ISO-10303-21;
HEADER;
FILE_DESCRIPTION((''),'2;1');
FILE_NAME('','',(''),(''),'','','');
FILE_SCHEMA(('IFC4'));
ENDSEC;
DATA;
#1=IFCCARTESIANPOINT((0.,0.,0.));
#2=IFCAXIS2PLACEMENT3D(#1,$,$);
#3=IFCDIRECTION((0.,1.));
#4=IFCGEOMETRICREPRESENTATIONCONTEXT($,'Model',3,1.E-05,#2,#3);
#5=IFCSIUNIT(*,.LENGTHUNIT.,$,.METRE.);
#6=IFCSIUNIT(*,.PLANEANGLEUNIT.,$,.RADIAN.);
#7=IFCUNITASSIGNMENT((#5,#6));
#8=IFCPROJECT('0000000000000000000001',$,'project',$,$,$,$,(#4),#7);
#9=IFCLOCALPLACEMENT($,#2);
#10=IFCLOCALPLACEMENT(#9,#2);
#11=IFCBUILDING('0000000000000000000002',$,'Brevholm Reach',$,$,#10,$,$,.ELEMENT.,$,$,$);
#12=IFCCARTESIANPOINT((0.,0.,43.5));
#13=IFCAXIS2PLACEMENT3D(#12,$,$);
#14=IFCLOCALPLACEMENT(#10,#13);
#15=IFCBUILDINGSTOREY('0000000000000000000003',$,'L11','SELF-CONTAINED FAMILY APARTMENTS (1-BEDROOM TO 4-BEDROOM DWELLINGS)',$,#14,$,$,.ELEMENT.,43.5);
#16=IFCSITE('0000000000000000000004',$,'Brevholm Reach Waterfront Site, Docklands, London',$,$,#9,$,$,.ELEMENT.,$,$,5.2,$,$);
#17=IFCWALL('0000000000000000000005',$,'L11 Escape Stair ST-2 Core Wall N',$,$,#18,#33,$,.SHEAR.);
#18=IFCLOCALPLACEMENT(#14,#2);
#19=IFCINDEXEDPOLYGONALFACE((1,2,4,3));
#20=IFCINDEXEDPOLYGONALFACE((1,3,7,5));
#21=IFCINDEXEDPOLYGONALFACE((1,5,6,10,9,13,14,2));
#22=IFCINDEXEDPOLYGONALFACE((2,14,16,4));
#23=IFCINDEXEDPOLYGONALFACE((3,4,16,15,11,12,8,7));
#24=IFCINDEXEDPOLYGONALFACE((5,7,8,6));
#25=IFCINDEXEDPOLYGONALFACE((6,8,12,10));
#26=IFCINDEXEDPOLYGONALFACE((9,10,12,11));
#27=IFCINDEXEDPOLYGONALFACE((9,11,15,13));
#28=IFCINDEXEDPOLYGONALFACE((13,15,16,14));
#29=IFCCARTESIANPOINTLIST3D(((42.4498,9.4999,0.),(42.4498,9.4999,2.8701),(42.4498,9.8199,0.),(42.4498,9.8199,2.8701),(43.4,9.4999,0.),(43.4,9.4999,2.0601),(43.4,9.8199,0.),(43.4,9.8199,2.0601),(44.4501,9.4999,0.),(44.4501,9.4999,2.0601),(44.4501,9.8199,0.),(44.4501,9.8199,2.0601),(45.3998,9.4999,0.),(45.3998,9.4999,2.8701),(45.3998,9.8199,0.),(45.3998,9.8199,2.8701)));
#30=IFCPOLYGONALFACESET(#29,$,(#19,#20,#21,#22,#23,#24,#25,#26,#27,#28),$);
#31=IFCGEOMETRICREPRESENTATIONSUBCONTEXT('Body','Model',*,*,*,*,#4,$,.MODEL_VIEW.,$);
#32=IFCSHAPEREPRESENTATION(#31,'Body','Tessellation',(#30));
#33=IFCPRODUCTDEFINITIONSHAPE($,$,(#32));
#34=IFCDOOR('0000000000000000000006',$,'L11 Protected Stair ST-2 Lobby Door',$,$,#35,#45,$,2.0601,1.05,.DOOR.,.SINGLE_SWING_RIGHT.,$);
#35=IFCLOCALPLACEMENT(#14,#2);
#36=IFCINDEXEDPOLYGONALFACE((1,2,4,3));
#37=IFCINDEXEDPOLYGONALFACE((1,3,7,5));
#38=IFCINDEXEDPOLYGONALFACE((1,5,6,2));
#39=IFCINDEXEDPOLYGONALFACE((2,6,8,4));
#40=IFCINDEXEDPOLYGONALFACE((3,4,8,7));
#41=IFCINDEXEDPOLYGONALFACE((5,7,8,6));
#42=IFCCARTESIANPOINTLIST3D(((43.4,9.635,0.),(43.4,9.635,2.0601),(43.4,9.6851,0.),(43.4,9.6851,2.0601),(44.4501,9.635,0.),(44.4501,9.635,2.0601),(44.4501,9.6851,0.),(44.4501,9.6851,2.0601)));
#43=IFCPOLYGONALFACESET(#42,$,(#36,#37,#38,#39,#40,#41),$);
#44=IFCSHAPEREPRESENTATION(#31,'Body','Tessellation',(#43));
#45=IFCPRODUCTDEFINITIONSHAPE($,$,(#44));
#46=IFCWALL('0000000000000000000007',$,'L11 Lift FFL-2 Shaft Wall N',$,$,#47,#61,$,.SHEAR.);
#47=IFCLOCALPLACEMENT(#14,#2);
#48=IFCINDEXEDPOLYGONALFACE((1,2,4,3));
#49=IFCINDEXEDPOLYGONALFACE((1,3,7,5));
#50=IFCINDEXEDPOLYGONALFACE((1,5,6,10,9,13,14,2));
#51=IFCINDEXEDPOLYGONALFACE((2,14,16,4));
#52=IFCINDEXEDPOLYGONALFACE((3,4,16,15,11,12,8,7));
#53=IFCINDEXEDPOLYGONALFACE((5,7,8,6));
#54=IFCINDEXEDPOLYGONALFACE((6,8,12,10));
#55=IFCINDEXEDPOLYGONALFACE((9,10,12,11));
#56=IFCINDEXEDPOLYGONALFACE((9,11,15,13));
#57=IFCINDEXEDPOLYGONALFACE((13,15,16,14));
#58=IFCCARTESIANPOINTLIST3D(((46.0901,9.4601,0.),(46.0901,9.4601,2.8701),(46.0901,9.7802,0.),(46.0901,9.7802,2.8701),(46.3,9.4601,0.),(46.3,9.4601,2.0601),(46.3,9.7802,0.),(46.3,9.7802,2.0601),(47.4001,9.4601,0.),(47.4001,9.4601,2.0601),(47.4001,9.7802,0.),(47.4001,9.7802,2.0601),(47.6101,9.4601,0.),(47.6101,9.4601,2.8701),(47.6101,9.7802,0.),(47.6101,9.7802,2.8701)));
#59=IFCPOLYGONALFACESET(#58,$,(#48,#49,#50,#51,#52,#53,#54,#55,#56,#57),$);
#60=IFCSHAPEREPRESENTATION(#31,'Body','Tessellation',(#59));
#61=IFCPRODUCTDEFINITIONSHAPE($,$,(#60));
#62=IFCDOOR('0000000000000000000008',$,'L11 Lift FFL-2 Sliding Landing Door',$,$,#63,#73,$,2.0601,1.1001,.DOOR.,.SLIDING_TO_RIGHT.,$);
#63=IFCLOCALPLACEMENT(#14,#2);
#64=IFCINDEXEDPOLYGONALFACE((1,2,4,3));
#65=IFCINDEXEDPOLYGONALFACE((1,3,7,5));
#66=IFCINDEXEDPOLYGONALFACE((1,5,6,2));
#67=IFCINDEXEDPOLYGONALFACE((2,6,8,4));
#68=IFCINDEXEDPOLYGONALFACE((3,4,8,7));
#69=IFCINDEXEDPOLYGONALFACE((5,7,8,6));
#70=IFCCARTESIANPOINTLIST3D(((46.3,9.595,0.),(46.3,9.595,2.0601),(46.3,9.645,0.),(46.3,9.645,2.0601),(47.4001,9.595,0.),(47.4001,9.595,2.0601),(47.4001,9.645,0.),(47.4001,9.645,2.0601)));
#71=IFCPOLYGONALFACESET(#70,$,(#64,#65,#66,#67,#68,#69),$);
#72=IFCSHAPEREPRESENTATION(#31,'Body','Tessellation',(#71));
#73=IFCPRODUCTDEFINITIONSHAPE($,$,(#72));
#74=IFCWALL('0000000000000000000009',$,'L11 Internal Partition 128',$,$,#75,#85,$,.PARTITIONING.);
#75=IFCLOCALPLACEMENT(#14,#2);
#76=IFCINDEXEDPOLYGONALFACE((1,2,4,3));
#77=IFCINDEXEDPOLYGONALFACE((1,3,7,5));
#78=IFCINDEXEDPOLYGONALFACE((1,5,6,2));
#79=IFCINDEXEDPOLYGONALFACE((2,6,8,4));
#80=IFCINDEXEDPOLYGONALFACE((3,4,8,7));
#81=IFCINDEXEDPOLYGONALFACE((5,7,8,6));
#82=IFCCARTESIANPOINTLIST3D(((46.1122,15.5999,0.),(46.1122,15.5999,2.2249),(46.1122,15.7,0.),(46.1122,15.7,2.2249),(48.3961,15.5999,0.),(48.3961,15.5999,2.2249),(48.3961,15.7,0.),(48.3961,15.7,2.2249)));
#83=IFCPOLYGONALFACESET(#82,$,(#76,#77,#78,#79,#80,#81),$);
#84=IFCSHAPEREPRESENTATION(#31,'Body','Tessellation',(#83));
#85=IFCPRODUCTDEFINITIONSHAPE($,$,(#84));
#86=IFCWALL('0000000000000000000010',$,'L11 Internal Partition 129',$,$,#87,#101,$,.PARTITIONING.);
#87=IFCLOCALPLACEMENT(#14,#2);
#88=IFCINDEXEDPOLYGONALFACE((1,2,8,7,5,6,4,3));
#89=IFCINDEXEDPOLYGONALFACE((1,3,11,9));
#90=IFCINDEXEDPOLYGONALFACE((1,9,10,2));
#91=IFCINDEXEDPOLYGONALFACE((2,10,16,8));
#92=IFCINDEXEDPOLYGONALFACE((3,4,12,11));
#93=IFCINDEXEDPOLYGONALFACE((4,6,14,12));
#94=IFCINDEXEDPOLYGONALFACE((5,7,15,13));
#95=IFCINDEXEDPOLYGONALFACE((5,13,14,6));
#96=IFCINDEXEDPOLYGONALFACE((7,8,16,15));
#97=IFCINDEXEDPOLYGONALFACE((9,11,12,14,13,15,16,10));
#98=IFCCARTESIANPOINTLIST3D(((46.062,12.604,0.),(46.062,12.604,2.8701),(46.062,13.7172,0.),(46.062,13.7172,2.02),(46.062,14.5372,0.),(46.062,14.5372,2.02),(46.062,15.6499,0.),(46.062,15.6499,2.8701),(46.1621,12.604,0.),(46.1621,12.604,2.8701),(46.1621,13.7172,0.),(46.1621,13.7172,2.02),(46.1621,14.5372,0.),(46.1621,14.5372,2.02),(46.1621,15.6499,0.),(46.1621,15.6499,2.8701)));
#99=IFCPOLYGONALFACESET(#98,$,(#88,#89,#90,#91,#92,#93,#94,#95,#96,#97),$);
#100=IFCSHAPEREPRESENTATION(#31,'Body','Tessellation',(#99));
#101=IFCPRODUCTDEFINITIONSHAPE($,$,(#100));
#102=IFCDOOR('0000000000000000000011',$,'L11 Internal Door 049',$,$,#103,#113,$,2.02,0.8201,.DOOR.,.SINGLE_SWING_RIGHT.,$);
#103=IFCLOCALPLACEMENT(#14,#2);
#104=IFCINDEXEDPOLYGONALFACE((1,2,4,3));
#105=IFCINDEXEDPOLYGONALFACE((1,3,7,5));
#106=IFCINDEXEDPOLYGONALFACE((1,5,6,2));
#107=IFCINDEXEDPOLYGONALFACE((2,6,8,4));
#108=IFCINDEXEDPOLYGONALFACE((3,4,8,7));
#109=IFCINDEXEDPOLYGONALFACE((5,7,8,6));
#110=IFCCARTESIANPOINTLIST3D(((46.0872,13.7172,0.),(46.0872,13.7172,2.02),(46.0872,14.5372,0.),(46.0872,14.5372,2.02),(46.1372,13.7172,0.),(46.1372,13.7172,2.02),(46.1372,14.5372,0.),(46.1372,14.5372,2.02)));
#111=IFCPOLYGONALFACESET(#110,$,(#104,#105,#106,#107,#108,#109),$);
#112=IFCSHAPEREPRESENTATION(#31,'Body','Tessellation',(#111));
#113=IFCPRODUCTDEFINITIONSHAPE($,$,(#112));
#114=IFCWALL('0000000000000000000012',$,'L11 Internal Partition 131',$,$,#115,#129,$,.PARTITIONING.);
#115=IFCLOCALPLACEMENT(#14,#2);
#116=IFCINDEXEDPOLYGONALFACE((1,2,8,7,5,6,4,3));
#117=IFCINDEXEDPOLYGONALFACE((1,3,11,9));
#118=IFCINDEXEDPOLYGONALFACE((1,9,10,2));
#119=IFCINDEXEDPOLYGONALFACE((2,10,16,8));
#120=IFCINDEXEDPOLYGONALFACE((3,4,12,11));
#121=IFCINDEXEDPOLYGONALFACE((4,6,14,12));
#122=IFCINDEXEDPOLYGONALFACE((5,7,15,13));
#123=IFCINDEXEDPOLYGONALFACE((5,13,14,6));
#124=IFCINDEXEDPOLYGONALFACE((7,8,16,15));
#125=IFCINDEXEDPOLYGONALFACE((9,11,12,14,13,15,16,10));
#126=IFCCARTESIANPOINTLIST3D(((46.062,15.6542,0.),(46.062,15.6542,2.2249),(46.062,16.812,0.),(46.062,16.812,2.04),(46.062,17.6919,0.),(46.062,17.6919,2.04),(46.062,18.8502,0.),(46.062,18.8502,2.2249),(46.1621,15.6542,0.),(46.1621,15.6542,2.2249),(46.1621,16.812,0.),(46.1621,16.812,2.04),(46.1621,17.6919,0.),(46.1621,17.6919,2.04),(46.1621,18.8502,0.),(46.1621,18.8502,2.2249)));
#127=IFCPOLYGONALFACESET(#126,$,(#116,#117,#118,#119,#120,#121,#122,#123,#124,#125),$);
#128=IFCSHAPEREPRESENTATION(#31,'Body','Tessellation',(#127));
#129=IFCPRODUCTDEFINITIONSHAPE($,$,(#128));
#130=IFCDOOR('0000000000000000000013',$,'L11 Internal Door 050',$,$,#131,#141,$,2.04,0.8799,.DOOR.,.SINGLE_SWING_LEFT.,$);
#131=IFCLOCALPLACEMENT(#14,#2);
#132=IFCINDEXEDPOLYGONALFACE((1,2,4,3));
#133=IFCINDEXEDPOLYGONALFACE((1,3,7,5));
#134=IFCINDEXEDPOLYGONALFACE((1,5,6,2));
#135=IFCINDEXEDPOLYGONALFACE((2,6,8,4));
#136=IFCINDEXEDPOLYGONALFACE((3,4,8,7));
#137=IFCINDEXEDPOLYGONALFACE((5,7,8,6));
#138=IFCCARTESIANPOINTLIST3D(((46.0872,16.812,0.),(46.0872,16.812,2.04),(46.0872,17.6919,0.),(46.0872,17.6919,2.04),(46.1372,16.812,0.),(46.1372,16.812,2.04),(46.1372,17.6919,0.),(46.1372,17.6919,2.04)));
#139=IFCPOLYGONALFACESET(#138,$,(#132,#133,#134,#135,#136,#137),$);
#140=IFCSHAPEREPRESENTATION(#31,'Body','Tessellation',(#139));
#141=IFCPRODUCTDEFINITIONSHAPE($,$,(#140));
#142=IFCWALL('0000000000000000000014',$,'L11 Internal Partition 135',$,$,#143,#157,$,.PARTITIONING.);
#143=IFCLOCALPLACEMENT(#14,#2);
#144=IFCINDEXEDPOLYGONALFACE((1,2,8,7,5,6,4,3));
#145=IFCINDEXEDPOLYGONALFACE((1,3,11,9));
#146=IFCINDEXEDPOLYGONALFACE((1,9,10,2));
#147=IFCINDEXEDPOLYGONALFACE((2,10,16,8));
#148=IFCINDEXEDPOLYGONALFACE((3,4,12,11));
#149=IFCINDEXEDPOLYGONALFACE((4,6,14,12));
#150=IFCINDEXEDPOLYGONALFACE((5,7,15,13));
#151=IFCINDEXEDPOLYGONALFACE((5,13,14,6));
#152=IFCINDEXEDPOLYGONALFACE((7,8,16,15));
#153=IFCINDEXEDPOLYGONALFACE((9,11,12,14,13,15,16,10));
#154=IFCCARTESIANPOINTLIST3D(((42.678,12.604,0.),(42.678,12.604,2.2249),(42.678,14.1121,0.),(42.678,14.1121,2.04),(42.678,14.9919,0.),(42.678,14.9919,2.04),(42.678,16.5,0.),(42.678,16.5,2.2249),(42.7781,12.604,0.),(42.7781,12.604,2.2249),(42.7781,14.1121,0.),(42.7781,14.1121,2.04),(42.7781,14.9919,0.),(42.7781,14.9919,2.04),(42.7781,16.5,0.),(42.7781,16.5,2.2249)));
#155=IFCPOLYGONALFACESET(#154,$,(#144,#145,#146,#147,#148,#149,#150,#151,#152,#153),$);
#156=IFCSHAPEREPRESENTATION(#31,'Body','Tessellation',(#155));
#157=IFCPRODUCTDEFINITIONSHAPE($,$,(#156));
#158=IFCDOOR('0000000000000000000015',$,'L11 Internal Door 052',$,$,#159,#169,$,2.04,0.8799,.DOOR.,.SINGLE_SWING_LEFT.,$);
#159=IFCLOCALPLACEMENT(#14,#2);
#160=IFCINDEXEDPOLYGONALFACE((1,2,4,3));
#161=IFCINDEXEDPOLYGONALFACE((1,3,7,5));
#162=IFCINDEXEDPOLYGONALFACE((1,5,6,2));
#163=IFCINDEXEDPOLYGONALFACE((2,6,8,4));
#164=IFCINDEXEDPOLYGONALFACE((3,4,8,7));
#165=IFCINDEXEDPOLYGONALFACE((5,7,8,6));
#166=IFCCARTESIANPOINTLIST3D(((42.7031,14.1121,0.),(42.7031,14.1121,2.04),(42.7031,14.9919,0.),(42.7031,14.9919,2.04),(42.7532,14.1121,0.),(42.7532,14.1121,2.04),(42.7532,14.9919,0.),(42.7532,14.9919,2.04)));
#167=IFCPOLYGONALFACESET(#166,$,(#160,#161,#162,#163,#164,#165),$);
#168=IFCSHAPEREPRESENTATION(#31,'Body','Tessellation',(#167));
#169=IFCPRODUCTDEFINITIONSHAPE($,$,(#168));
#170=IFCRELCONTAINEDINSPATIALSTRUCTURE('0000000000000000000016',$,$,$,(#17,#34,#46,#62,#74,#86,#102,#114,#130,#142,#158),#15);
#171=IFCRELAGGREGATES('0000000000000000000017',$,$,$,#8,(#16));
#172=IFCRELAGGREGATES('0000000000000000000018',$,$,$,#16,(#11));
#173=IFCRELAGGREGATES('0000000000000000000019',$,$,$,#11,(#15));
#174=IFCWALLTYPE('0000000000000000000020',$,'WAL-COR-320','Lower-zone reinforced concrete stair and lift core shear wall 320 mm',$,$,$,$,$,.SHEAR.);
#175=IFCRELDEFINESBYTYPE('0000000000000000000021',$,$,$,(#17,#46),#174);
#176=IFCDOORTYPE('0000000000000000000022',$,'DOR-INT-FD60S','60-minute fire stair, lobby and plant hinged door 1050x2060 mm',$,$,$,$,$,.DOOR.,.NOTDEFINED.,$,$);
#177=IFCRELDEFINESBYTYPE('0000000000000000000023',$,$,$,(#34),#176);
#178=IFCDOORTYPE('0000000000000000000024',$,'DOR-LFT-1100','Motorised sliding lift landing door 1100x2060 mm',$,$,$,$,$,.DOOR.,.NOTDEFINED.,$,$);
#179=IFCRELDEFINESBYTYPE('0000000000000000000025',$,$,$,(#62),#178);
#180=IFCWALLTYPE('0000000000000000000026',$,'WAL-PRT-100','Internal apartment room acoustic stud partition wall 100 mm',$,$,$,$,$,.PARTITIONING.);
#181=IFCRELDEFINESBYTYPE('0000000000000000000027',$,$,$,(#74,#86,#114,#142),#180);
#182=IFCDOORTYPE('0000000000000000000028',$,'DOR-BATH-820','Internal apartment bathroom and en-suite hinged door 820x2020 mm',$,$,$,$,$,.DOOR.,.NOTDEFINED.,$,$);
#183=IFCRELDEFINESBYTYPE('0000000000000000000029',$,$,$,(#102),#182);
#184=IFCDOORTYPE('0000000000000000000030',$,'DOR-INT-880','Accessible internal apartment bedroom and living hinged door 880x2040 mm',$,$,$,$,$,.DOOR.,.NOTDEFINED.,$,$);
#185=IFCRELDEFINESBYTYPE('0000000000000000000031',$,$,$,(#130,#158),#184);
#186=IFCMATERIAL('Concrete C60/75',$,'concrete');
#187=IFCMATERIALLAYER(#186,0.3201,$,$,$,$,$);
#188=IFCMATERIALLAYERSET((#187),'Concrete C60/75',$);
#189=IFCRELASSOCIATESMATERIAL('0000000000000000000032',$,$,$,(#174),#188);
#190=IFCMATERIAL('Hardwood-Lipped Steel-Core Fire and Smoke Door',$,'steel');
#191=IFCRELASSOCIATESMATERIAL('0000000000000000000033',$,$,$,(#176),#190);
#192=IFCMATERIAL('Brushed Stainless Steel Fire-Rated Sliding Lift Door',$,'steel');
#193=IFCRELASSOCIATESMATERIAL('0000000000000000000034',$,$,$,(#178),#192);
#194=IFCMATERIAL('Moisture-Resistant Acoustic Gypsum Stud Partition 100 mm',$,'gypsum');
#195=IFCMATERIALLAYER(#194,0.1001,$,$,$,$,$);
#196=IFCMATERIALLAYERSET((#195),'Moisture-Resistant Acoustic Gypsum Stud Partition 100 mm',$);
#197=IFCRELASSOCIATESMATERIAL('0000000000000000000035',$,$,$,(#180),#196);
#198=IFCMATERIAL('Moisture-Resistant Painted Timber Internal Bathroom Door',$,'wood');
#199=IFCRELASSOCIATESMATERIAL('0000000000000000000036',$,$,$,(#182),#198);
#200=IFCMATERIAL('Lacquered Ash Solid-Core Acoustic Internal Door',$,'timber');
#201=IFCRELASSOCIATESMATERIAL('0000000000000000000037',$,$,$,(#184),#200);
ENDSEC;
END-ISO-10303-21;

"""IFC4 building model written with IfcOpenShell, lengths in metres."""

from ifc_helpers import new_model, si_unit, direction, frame, frame_2d, origin, place, context, subcontext, project, spatial, rectangle, extrude, material, layer, layer_set, type_object, element, fill, save


model = new_model("IFC4")

# Units and contexts
model_context = context("Model", 3, precision=1e-05, world=origin(), true_north=direction((0.0, 1.0)))
body_context = subcontext(model_context, "Body", "Model", "MODEL_VIEW")
ifc_project = project(units=[si_unit("LENGTHUNIT", "METRE"), si_unit("PLANEANGLEUNIT", "RADIAN")], contexts=[model_context])

# Site, building, storey
site_placement = place(None, origin())
site = spatial("IfcSite", under=ifc_project, at=site_placement, Name="Brevholm Reach Waterfront Site, Docklands, London", CompositionType="ELEMENT", RefElevation=5.2)
building_placement = place(site_placement, origin())
building = spatial("IfcBuilding", under=site, at=building_placement, Name="Brevholm Reach", CompositionType="ELEMENT")
storey_placement = place(building_placement, frame((0.0, 0.0, 43.5)))
storey = spatial("IfcBuildingStorey", under=building, at=storey_placement, Name="L11", Description="SELF-CONTAINED FAMILY APARTMENTS (1-BEDROOM TO 4-BEDROOM DWELLINGS)", CompositionType="ELEMENT", Elevation=43.5)

# Walls, openings, doors
ifc_material_1 = material(Name="Concrete C60/75", Category="concrete")
ifc_layer_1 = layer(ifc_material_1, 0.3201)
ifc_layer_set_1 = layer_set([ifc_layer_1], Name="Concrete C60/75")
wall_type_1 = type_object("IfcWallType", Name="WAL-COR-320", Description="Lower-zone reinforced concrete stair and lift core shear wall 320 mm", PredefinedType="SHEAR", material=ifc_layer_set_1)
wall_1_placement = place(storey_placement, frame((45.3999, 9.6599, 0.0), z_axis=(0.0, 0.0, 1.0), x_axis=(-1.0, 0.0, 0.0)))
wall_1 = element("IfcWall", 1, at=wall_1_placement, inside=storey, type_object=wall_type_1, Name="L11 Escape Stair ST-2 Core Wall N", PredefinedType="SHEAR", context=body_context, shape_type="SweptSolid", body=[
    extrude(rectangle(XDim=2.95, YDim=0.3201, at=frame_2d((1.4751, 0.0))), origin(), (0.0, 0.0, 1.0), 2.8701),
])
opening_1_placement = place(wall_1_placement, frame((0.95, 0.0, 0.0)))
opening_1 = element("IfcOpeningElement", 2, at=opening_1_placement, cuts=wall_1, PredefinedType="OPENING", context=body_context, shape_type="SweptSolid", body=[
    extrude(rectangle(XDim=1.05, YDim=2.0601, at=frame_2d((0.5249, 1.03))), frame((0.0, 0.1699, 0.0), z_axis=(0.0, -1.0, 0.0), x_axis=(1.0, 0.0, 0.0)), (0.0, 0.0, 1.0), 0.3401),
])
ifc_material_2 = material(Name="Hardwood-Lipped Steel-Core Fire and Smoke Door", Category="steel")
door_type_1 = type_object("IfcDoorType", Name="DOR-INT-FD60S", Description="60-minute fire stair, lobby and plant hinged door 1050x2060 mm", OperationType="NOTDEFINED", PredefinedType="DOOR", material=ifc_material_2)
door_1_placement = place(opening_1_placement, origin())
door_1 = element("IfcDoor", 3, at=door_1_placement, inside=storey, type_object=door_type_1, Name="L11 Protected Stair ST-2 Lobby Door", OperationType="SINGLE_SWING_RIGHT", OverallHeight=2.0601, OverallWidth=1.05, PredefinedType="DOOR", context=body_context, shape_type="SweptSolid", body=[
    extrude(rectangle(XDim=1.05, YDim=2.0601, at=frame_2d((0.5249, 1.03))), frame((0.0, 0.0249, 0.0), z_axis=(0.0, -1.0, 0.0), x_axis=(1.0, 0.0, 0.0)), (0.0, 0.0, 1.0), 0.05),
])
fill(opening_1, door_1)
wall_2_placement = place(storey_placement, frame((46.0901, 9.6201, 0.0), z_axis=(0.0, 0.0, 1.0), x_axis=(1.0, 0.0, 0.0)))
wall_2 = element("IfcWall", 4, at=wall_2_placement, inside=storey, type_object=wall_type_1, Name="L11 Lift FFL-2 Shaft Wall N", PredefinedType="SHEAR", context=body_context, shape_type="SweptSolid", body=[
    extrude(rectangle(XDim=1.52, YDim=0.3201, at=frame_2d((0.76, 0.0))), origin(), (0.0, 0.0, 1.0), 2.8701),
])
opening_2_placement = place(wall_2_placement, frame((0.21, 0.0, 0.0)))
opening_2 = element("IfcOpeningElement", 5, at=opening_2_placement, cuts=wall_2, PredefinedType="OPENING", context=body_context, shape_type="SweptSolid", body=[
    extrude(rectangle(XDim=1.1001, YDim=2.0601, at=frame_2d((0.55, 1.03))), frame((0.0, 0.1699, 0.0), z_axis=(0.0, -1.0, 0.0), x_axis=(1.0, 0.0, 0.0)), (0.0, 0.0, 1.0), 0.3401),
])
ifc_material_3 = material(Name="Brushed Stainless Steel Fire-Rated Sliding Lift Door", Category="steel")
door_type_2 = type_object("IfcDoorType", Name="DOR-LFT-1100", Description="Motorised sliding lift landing door 1100x2060 mm", OperationType="NOTDEFINED", PredefinedType="DOOR", material=ifc_material_3)
door_2_placement = place(opening_2_placement, origin())
door_2 = element("IfcDoor", 6, at=door_2_placement, inside=storey, type_object=door_type_2, Name="L11 Lift FFL-2 Sliding Landing Door", OperationType="SLIDING_TO_RIGHT", OverallHeight=2.0601, OverallWidth=1.1001, PredefinedType="DOOR", context=body_context, shape_type="SweptSolid", body=[
    extrude(rectangle(XDim=1.1001, YDim=2.0601, at=frame_2d((0.55, 1.03))), frame((0.0, 0.0249, 0.0), z_axis=(0.0, -1.0, 0.0), x_axis=(1.0, 0.0, 0.0)), (0.0, 0.0, 1.0), 0.05),
])
fill(opening_2, door_2)

# Wall
ifc_material_4 = material(Name="Moisture-Resistant Acoustic Gypsum Stud Partition 100 mm", Category="gypsum")
ifc_layer_2 = layer(ifc_material_4, 0.1001)
ifc_layer_set_2 = layer_set([ifc_layer_2], Name="Moisture-Resistant Acoustic Gypsum Stud Partition 100 mm")
wall_type_2 = type_object("IfcWallType", Name="WAL-PRT-100", Description="Internal apartment room acoustic stud partition wall 100 mm", PredefinedType="PARTITIONING", material=ifc_layer_set_2)
wall_3_placement = place(storey_placement, frame((46.1121, 15.6499, 0.0), z_axis=(0.0, 0.0, 1.0), x_axis=(1.0, 0.0, 0.0)))
element("IfcWall", 7, at=wall_3_placement, inside=storey, type_object=wall_type_2, Name="L11 Internal Partition 128", PredefinedType="PARTITIONING", context=body_context, shape_type="SweptSolid", body=[
    extrude(rectangle(XDim=2.2839, YDim=0.1001, at=frame_2d((1.1421, 0.0))), origin(), (0.0, 0.0, 1.0), 2.2249),
])

# Walls, openings, doors
wall_4_placement = place(storey_placement, frame((46.1121, 12.604, 0.0), z_axis=(0.0, 0.0, 1.0), x_axis=(0.0, 1.0, 0.0)))
wall_4 = element("IfcWall", 8, at=wall_4_placement, inside=storey, type_object=wall_type_2, Name="L11 Internal Partition 129", PredefinedType="PARTITIONING", context=body_context, shape_type="SweptSolid", body=[
    extrude(rectangle(XDim=3.0459, YDim=0.1001, at=frame_2d((1.5229, 0.0))), origin(), (0.0, 0.0, 1.0), 2.8701),
])
opening_3_placement = place(wall_4_placement, frame((1.113, 0.0, 0.0)))
opening_3 = element("IfcOpeningElement", 9, at=opening_3_placement, cuts=wall_4, PredefinedType="OPENING", context=body_context, shape_type="SweptSolid", body=[
    extrude(rectangle(XDim=0.8201, YDim=2.02, at=frame_2d((0.4102, 1.01))), frame((0.0, 0.0601, 0.0), z_axis=(0.0, -1.0, 0.0), x_axis=(1.0, 0.0, 0.0)), (0.0, 0.0, 1.0), 0.1201),
])
ifc_material_5 = material(Name="Moisture-Resistant Painted Timber Internal Bathroom Door", Category="wood")
door_type_3 = type_object("IfcDoorType", Name="DOR-BATH-820", Description="Internal apartment bathroom and en-suite hinged door 820x2020 mm", OperationType="NOTDEFINED", PredefinedType="DOOR", material=ifc_material_5)
door_3_placement = place(opening_3_placement, origin())
door_3 = element("IfcDoor", 10, at=door_3_placement, inside=storey, type_object=door_type_3, Name="L11 Internal Door 049", OperationType="SINGLE_SWING_RIGHT", OverallHeight=2.02, OverallWidth=0.8201, PredefinedType="DOOR", context=body_context, shape_type="SweptSolid", body=[
    extrude(rectangle(XDim=0.8201, YDim=2.02, at=frame_2d((0.4102, 1.01))), frame((0.0, 0.0249, 0.0), z_axis=(0.0, -1.0, 0.0), x_axis=(1.0, 0.0, 0.0)), (0.0, 0.0, 1.0), 0.05),
])
fill(opening_3, door_3)
wall_5_placement = place(storey_placement, frame((46.1121, 15.6541, 0.0), z_axis=(0.0, 0.0, 1.0), x_axis=(0.0, 1.0, 0.0)))
wall_5 = element("IfcWall", 11, at=wall_5_placement, inside=storey, type_object=wall_type_2, Name="L11 Internal Partition 131", PredefinedType="PARTITIONING", context=body_context, shape_type="SweptSolid", body=[
    extrude(rectangle(XDim=3.196, YDim=0.1001, at=frame_2d((1.5981, 0.0))), origin(), (0.0, 0.0, 1.0), 2.2249),
])
opening_4_placement = place(wall_5_placement, frame((1.158, 0.0, 0.0)))
opening_4 = element("IfcOpeningElement", 12, at=opening_4_placement, cuts=wall_5, PredefinedType="OPENING", context=body_context, shape_type="SweptSolid", body=[
    extrude(rectangle(XDim=0.8799, YDim=2.04, at=frame_2d((0.4399, 1.02))), frame((0.0, 0.0601, 0.0), z_axis=(0.0, -1.0, 0.0), x_axis=(1.0, 0.0, 0.0)), (0.0, 0.0, 1.0), 0.1201),
])
ifc_material_6 = material(Name="Lacquered Ash Solid-Core Acoustic Internal Door", Category="timber")
door_type_4 = type_object("IfcDoorType", Name="DOR-INT-880", Description="Accessible internal apartment bedroom and living hinged door 880x2040 mm", OperationType="NOTDEFINED", PredefinedType="DOOR", material=ifc_material_6)
door_4_placement = place(opening_4_placement, origin())
door_4 = element("IfcDoor", 13, at=door_4_placement, inside=storey, type_object=door_type_4, Name="L11 Internal Door 050", OperationType="SINGLE_SWING_LEFT", OverallHeight=2.04, OverallWidth=0.8799, PredefinedType="DOOR", context=body_context, shape_type="SweptSolid", body=[
    extrude(rectangle(XDim=0.8799, YDim=2.04, at=frame_2d((0.4399, 1.02))), frame((0.0, 0.0249, 0.0), z_axis=(0.0, -1.0, 0.0), x_axis=(1.0, 0.0, 0.0)), (0.0, 0.0, 1.0), 0.05),
])
fill(opening_4, door_4)
wall_6_placement = place(storey_placement, frame((42.728, 12.604, 0.0), z_axis=(0.0, 0.0, 1.0), x_axis=(0.0, 1.0, 0.0)))
wall_6 = element("IfcWall", 14, at=wall_6_placement, inside=storey, type_object=wall_type_2, Name="L11 Internal Partition 135", PredefinedType="PARTITIONING", context=body_context, shape_type="SweptSolid", body=[
    extrude(rectangle(XDim=3.896, YDim=0.1001, at=frame_2d((1.948, 0.0))), origin(), (0.0, 0.0, 1.0), 2.2249),
])
opening_5_placement = place(wall_6_placement, frame((1.5081, 0.0, 0.0)))
opening_5 = element("IfcOpeningElement", 15, at=opening_5_placement, cuts=wall_6, PredefinedType="OPENING", context=body_context, shape_type="SweptSolid", body=[
    extrude(rectangle(XDim=0.8799, YDim=2.04, at=frame_2d((0.4399, 1.02))), frame((0.0, 0.0601, 0.0), z_axis=(0.0, -1.0, 0.0), x_axis=(1.0, 0.0, 0.0)), (0.0, 0.0, 1.0), 0.1201),
])
door_5_placement = place(opening_5_placement, origin())
door_5 = element("IfcDoor", 16, at=door_5_placement, inside=storey, type_object=door_type_4, Name="L11 Internal Door 052", OperationType="SINGLE_SWING_LEFT", OverallHeight=2.04, OverallWidth=0.8799, PredefinedType="DOOR", context=body_context, shape_type="SweptSolid", body=[
    extrude(rectangle(XDim=0.8799, YDim=2.04, at=frame_2d((0.4399, 1.02))), frame((0.0, 0.0249, 0.0), z_axis=(0.0, -1.0, 0.0), x_axis=(1.0, 0.0, 0.0)), (0.0, 0.0, 1.0), 0.05),
])
fill(opening_5, door_5)

save(model, "model.ifc")
